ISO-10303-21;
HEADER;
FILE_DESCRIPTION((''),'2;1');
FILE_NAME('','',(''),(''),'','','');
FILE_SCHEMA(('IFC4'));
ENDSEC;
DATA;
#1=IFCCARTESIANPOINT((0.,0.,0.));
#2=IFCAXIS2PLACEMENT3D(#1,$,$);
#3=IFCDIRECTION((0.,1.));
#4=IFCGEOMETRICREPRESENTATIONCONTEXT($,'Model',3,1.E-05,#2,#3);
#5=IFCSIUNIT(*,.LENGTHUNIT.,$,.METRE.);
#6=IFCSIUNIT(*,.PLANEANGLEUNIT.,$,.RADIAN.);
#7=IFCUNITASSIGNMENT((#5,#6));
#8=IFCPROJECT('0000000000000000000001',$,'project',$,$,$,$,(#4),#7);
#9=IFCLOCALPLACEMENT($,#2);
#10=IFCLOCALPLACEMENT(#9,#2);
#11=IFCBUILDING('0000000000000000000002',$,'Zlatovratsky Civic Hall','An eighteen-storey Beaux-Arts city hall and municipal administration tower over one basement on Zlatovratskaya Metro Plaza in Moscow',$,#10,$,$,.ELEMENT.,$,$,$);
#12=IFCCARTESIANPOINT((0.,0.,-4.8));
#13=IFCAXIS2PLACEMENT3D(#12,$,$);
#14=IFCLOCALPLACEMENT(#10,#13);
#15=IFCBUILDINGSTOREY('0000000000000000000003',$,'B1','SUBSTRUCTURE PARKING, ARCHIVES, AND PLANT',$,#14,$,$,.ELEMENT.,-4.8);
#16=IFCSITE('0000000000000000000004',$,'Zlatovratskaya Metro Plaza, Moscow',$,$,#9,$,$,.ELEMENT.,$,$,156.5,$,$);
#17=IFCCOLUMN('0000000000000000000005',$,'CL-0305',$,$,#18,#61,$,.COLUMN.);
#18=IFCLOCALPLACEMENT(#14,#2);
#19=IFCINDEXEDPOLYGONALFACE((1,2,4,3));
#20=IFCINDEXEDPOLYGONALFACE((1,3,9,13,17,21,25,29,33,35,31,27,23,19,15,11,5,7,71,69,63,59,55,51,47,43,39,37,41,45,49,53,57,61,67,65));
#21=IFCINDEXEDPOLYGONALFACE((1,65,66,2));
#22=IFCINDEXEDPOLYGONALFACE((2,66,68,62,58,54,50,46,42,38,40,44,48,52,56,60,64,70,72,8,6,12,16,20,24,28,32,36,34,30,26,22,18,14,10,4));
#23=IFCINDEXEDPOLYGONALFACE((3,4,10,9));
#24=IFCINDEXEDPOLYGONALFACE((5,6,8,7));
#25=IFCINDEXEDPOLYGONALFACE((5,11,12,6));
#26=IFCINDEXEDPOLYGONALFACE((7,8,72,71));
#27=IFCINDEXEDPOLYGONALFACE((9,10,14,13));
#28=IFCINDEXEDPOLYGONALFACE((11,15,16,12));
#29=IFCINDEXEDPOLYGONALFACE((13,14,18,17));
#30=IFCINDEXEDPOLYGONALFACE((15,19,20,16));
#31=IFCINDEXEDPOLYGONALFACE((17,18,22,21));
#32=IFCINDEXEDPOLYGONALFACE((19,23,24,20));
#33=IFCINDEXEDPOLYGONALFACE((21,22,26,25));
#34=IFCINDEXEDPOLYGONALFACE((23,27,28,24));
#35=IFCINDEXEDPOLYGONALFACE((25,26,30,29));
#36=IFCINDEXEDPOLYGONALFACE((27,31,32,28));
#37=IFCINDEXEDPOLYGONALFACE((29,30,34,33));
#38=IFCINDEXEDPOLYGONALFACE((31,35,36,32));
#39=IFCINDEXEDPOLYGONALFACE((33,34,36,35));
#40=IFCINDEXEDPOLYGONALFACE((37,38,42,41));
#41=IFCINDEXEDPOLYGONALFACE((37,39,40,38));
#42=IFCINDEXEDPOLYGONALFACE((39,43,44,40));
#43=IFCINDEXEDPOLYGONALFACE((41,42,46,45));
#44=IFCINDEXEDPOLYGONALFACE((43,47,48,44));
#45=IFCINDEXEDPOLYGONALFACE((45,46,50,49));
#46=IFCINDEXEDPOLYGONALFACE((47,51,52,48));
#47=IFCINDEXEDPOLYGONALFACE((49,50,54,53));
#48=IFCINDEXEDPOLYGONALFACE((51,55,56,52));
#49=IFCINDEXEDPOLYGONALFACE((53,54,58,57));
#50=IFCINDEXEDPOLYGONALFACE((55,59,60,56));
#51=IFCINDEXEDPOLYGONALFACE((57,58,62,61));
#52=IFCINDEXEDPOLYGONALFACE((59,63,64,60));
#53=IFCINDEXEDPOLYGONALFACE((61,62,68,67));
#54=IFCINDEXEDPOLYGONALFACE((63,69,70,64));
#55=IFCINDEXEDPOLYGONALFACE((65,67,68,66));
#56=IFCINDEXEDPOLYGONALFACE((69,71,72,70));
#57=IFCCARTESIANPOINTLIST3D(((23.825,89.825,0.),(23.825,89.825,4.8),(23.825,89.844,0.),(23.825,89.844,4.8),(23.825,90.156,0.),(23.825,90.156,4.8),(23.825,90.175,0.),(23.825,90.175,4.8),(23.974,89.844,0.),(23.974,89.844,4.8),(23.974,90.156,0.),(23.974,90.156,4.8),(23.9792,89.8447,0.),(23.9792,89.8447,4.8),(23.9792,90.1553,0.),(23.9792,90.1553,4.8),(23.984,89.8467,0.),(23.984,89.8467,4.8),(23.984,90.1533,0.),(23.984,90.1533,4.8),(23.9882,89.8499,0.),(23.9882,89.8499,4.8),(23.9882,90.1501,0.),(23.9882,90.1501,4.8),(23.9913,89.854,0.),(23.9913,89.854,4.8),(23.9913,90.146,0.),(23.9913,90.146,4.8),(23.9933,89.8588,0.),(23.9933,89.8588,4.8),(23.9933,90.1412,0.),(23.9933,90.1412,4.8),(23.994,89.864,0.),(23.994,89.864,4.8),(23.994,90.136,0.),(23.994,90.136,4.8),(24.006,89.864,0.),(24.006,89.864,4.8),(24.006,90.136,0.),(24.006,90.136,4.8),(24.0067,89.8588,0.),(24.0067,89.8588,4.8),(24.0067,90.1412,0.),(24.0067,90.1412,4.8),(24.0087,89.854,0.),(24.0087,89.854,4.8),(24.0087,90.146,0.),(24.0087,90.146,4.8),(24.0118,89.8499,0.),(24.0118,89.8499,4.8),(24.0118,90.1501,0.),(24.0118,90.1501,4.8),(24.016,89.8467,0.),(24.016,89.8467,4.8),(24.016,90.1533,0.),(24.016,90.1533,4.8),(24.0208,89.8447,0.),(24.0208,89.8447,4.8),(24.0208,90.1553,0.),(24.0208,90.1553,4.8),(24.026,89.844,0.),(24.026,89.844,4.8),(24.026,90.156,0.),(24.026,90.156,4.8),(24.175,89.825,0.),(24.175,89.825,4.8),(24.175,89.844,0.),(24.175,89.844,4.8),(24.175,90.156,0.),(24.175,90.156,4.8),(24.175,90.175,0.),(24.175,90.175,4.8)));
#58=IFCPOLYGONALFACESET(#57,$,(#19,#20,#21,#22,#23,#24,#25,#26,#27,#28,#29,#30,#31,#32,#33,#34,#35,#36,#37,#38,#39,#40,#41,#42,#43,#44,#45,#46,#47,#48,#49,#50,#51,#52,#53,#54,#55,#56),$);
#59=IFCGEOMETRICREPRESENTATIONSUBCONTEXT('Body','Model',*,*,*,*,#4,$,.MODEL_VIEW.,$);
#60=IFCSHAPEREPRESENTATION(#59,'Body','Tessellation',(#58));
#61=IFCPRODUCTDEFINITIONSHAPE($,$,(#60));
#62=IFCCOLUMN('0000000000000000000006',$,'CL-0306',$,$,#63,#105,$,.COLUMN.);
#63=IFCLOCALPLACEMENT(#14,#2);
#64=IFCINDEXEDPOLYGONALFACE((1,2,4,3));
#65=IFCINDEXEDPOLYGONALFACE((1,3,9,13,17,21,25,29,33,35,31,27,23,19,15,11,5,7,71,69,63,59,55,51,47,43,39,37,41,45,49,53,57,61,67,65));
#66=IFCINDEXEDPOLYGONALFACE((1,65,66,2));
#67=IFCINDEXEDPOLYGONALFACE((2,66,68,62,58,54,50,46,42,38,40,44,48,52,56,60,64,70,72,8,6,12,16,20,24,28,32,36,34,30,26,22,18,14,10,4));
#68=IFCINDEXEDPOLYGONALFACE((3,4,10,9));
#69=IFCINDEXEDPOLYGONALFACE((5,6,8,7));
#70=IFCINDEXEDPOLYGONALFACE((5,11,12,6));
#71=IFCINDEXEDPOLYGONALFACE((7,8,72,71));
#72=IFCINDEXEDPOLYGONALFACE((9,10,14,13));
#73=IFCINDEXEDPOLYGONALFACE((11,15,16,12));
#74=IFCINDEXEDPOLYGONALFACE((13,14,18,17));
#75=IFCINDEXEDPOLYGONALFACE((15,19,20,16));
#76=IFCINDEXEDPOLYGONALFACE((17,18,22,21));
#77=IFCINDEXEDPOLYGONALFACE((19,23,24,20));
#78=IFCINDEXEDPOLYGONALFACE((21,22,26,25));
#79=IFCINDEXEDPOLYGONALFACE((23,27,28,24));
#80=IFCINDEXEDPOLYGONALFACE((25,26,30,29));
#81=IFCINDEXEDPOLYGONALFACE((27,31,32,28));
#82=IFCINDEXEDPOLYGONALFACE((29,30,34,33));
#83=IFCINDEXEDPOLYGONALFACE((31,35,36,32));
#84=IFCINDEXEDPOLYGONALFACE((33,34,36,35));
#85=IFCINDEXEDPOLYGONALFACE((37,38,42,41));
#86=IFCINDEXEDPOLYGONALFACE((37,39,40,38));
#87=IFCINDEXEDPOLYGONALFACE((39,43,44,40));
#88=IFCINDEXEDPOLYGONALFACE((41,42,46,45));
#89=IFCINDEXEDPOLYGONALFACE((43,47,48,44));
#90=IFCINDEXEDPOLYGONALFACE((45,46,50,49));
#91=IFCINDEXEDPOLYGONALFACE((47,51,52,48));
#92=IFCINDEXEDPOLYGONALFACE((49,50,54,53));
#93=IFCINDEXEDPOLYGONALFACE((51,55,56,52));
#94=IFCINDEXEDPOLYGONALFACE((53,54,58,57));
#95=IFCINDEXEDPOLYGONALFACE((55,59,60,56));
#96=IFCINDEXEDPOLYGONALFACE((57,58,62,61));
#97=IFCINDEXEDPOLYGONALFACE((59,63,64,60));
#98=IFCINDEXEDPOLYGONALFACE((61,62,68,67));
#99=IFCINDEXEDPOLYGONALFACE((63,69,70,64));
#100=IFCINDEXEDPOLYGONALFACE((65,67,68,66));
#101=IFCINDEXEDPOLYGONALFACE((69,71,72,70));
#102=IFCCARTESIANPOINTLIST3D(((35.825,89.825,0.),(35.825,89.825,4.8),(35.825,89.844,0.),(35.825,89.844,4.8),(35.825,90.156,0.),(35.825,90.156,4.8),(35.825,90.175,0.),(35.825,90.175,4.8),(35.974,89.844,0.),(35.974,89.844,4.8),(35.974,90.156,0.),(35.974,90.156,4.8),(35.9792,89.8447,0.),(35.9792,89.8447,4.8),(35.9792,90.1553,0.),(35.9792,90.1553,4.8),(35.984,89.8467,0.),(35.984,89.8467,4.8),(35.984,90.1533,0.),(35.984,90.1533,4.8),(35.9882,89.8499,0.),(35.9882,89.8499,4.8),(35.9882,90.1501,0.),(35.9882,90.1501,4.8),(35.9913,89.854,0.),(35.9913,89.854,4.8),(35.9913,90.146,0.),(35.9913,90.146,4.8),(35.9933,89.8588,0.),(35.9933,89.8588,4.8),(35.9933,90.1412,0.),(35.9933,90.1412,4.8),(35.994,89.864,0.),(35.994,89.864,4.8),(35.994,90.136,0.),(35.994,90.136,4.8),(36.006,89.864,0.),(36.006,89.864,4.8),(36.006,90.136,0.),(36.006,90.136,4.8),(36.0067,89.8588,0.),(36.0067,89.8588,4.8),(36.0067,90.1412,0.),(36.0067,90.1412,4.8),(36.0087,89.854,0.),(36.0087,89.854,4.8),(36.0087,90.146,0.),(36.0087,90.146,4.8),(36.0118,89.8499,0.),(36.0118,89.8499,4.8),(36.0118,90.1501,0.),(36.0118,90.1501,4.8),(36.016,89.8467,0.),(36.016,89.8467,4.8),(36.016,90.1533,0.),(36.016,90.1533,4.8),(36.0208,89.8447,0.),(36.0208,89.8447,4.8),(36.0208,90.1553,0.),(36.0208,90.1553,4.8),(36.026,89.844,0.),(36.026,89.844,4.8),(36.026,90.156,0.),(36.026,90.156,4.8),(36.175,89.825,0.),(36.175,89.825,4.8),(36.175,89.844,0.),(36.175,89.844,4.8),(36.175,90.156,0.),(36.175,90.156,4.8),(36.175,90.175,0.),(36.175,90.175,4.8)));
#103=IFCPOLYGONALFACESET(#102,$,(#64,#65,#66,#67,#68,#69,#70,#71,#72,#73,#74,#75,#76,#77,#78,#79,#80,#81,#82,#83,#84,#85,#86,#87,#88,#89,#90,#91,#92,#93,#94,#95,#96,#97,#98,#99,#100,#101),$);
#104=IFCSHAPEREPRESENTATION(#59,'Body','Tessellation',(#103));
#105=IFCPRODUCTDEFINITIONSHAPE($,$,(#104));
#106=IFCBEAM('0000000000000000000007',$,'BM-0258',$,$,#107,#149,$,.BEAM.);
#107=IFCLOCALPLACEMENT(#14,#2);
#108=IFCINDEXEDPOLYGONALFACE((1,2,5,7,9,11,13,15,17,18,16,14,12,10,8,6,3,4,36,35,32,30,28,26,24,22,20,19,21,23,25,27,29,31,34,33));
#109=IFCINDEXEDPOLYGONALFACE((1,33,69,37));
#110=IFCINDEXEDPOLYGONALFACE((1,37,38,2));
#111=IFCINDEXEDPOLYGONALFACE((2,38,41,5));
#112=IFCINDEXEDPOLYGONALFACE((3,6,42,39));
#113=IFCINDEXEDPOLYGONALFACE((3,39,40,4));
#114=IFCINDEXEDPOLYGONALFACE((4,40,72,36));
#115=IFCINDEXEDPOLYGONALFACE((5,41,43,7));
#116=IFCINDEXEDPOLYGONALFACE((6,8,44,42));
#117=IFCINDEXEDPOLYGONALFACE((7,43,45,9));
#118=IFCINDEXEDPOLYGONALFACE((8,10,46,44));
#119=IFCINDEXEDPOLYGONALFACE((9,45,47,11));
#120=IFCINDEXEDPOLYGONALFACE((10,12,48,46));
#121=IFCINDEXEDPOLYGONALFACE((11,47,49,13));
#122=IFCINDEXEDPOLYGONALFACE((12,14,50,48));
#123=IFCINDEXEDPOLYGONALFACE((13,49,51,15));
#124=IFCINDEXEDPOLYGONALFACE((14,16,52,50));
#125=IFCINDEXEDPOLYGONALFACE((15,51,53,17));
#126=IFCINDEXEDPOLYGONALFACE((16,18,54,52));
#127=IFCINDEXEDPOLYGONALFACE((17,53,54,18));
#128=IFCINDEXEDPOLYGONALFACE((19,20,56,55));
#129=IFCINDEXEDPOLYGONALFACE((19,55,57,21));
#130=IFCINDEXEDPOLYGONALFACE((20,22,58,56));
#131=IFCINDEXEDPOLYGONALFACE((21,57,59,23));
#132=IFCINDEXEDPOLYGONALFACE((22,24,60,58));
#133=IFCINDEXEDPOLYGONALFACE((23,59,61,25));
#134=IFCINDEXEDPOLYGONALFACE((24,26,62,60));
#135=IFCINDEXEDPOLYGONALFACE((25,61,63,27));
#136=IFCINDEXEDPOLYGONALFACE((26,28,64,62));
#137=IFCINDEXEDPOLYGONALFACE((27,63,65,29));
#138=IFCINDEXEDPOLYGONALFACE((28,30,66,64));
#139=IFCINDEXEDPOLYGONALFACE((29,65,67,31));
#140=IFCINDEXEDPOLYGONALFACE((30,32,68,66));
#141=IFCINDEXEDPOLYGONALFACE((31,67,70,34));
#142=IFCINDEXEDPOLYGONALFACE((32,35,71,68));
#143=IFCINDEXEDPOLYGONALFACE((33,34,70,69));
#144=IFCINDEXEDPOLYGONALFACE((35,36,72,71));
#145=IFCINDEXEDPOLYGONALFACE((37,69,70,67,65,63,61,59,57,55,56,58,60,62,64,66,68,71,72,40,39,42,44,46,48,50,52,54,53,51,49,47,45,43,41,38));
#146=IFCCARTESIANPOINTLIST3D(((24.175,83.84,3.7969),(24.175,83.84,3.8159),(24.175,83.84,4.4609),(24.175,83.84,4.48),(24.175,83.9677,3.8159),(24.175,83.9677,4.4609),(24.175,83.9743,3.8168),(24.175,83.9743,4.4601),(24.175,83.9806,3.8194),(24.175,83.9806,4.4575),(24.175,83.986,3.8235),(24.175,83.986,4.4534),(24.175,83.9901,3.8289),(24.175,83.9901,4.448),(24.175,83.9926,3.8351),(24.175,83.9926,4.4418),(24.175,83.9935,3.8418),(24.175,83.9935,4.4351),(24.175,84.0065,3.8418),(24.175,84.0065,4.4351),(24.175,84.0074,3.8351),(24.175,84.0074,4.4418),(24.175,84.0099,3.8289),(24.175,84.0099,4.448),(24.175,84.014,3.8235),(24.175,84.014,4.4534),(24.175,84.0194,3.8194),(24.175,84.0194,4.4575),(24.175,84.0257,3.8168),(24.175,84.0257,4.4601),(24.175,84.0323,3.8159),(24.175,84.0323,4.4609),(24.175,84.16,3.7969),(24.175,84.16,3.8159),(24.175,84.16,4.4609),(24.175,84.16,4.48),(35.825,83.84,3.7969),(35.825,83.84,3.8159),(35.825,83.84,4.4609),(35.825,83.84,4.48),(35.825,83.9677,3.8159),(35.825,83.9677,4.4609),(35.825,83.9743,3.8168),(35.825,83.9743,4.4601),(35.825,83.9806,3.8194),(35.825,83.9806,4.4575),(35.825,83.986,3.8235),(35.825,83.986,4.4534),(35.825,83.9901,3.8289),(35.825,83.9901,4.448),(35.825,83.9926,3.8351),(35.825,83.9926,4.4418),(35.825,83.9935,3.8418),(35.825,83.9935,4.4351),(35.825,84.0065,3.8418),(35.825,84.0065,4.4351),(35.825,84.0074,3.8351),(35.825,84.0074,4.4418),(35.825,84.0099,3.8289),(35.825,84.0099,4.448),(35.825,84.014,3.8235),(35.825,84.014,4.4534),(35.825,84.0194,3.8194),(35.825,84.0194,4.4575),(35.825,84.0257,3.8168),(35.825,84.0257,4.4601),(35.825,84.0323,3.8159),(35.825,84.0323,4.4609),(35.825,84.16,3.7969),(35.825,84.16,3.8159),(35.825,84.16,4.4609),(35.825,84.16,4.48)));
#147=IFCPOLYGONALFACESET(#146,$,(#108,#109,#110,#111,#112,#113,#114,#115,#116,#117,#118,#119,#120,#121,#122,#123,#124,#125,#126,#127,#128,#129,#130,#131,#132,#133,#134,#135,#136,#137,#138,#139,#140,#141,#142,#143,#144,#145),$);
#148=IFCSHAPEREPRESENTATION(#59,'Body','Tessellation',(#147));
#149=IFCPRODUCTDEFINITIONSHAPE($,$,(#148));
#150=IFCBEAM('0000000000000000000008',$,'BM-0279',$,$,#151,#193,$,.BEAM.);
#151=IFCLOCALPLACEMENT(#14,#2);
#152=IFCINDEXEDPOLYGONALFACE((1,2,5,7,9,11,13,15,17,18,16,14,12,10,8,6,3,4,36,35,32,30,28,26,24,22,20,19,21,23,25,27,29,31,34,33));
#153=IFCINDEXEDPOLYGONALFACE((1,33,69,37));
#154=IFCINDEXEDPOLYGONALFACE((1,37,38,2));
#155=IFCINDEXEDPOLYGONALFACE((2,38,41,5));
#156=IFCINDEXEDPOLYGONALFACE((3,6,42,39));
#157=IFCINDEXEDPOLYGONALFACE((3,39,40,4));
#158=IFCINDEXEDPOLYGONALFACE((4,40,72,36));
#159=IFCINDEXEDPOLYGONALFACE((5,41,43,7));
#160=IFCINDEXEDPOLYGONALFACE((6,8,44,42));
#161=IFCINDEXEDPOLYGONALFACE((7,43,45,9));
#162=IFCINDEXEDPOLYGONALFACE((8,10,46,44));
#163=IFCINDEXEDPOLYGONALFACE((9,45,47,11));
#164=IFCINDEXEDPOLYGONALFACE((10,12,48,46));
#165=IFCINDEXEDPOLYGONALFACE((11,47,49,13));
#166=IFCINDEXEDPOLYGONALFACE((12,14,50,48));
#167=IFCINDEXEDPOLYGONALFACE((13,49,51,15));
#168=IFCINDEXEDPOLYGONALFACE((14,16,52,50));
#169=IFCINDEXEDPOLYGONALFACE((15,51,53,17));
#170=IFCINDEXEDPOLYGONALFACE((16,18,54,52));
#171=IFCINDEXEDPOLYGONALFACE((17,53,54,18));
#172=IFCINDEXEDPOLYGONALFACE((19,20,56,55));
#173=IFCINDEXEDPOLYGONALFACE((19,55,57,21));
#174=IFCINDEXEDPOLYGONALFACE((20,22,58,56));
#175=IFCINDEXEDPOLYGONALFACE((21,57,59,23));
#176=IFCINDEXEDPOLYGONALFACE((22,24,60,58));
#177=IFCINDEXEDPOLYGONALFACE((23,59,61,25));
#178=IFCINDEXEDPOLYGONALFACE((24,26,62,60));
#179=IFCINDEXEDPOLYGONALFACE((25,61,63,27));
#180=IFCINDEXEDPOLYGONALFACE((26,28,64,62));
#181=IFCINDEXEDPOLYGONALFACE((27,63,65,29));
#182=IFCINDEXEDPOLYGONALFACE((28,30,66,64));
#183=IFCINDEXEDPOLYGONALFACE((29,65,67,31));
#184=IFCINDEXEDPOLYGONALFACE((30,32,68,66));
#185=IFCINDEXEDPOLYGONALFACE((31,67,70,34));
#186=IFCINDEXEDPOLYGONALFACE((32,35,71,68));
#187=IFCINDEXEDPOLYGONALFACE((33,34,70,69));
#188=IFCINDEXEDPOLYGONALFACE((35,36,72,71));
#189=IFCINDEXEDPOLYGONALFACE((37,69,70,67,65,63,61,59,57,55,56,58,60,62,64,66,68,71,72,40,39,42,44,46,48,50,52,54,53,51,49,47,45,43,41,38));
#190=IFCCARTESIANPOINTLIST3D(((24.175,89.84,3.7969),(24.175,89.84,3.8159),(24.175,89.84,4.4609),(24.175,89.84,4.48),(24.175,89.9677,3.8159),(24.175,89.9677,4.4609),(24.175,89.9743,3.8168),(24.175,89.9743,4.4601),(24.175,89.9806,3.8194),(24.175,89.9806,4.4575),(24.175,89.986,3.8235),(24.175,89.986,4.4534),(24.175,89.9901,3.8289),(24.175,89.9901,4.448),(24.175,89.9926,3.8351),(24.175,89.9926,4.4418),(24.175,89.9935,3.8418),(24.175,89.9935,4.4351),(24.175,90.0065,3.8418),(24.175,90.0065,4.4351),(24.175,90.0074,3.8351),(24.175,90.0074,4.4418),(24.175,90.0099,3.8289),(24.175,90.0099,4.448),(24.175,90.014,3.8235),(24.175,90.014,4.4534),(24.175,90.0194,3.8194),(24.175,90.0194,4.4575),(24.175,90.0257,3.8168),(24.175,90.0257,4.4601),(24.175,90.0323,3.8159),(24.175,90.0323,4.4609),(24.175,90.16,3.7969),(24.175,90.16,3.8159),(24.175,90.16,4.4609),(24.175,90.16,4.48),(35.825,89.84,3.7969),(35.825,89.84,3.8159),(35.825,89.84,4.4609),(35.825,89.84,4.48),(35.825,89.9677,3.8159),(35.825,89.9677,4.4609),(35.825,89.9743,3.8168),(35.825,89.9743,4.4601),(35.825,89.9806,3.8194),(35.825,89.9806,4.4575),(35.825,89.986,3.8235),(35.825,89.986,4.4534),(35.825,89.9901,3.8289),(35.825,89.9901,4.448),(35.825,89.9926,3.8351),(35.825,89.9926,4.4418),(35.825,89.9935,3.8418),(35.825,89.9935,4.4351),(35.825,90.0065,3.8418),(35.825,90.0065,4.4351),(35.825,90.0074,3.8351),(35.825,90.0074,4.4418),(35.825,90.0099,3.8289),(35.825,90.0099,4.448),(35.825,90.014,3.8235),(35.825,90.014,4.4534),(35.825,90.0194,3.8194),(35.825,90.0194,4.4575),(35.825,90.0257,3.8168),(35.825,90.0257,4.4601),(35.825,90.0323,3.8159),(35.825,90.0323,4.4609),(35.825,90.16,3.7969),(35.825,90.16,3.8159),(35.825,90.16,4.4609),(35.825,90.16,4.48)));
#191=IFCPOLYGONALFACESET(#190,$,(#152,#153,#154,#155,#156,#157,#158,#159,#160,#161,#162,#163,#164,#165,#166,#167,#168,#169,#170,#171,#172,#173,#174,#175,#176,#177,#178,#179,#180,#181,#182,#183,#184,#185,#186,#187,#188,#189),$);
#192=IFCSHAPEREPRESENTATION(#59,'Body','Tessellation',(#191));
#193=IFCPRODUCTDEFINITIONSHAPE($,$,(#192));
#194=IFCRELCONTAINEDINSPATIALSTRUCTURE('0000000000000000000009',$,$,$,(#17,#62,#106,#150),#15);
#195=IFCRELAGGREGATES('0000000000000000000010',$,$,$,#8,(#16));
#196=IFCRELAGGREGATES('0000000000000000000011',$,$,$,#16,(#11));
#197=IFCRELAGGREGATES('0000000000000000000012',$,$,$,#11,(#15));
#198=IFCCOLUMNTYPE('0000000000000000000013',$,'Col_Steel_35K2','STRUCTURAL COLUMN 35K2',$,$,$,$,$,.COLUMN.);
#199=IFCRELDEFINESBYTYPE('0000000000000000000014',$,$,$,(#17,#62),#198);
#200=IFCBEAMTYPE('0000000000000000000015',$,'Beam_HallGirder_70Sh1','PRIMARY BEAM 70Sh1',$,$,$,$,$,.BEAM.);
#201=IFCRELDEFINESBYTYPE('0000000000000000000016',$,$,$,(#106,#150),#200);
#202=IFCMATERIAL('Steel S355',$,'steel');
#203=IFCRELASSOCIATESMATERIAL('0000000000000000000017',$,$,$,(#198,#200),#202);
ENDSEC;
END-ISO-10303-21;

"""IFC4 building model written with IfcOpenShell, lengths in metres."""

from ifc_helpers import new_model, si_unit, direction, frame, origin, origin_2d, place, context, subcontext, project, spatial, i_section, extrude, material, material_profile, profile_set, type_object, element, save


model = new_model("IFC4")

# Units and contexts
model_context = context("Model", 3, precision=1e-05, world=origin(), true_north=direction((0.0, 1.0)))
body_context = subcontext(model_context, "Body", "Model", "MODEL_VIEW")
ifc_project = project(units=[si_unit("LENGTHUNIT", "METRE"), si_unit("PLANEANGLEUNIT", "RADIAN")], contexts=[model_context])

# Site, building, storey
site_placement = place(None, origin())
site = spatial("IfcSite", under=ifc_project, at=site_placement, Name="Zlatovratskaya Metro Plaza, Moscow", CompositionType="ELEMENT", RefElevation=156.5)
building_placement = place(site_placement, origin())
building = spatial("IfcBuilding", under=site, at=building_placement, Name="Zlatovratsky Civic Hall", Description="An eighteen-storey Beaux-Arts city hall and municipal administration tower over one basement on Zlatovratskaya Metro Plaza in Moscow", CompositionType="ELEMENT")
storey_placement = place(building_placement, frame((0.0, 0.0, -4.8)))
storey = spatial("IfcBuildingStorey", under=building, at=storey_placement, Name="B1", Description="SUBSTRUCTURE PARKING, ARCHIVES, AND PLANT", CompositionType="ELEMENT", Elevation=-4.8)

# Columns
ifc_material_1 = material(Name="Steel S355", Category="steel")
ifc_material_profile_1 = material_profile(ifc_material_1, i_section(OverallWidth=0.3501, OverallDepth=0.3501, WebThickness=0.012, FlangeThickness=0.019, FilletRadius=0.02, at=origin_2d()), Name="35K2")
ifc_profile_set_1 = profile_set([ifc_material_profile_1], Name="Steel S355")
column_type = type_object("IfcColumnType", Name="Col_Steel_35K2", Description="STRUCTURAL COLUMN 35K2", PredefinedType="COLUMN", material=ifc_profile_set_1)
for number, where, z_axis, x_axis, name in (
    (1, (24.0, 90.0, 0.0), (0.0, 0.0, 1.0), (1.0, 0.0, 0.0), "CL-0305"),
    (2, (36.0, 90.0, 0.0), (0.0, 0.0, 1.0), (1.0, 0.0, 0.0), "CL-0306"),
):
    element("IfcColumn", number, at=place(storey_placement, frame(where, z_axis=z_axis, x_axis=x_axis)), inside=storey, type_object=column_type, Name=name, PredefinedType="COLUMN", context=body_context, shape_type="SweptSolid", body=[
        extrude(i_section(OverallWidth=0.3501, OverallDepth=0.3501, WebThickness=0.012, FlangeThickness=0.019, FilletRadius=0.02, at=origin_2d()), origin(), (0.0, 0.0, 1.0), 4.8),
    ])

# Beams
ifc_material_profile_2 = material_profile(ifc_material_1, i_section(OverallWidth=0.3201, OverallDepth=0.6831, WebThickness=0.0129, FlangeThickness=0.019, FilletRadius=0.0259, at=origin_2d()), Name="70Sh1")
ifc_profile_set_2 = profile_set([ifc_material_profile_2], Name="Steel S355")
beam_type_1 = type_object("IfcBeamType", Name="Beam_HallGirder_70Sh1", Description="PRIMARY BEAM 70Sh1", PredefinedType="BEAM", material=ifc_profile_set_2)
for number, where, z_axis, x_axis, name in (
    (3, (24.175, 84.0, 4.1384), (1.0, 0.0, 0.0), (0.0, 1.0, 0.0), "BM-0258"),
    (4, (24.175, 90.0, 4.1384), (1.0, 0.0, 0.0), (0.0, 1.0, 0.0), "BM-0279"),
):
    element("IfcBeam", number, at=place(storey_placement, frame(where, z_axis=z_axis, x_axis=x_axis)), inside=storey, type_object=beam_type_1, Name=name, PredefinedType="BEAM", context=body_context, shape_type="SweptSolid", body=[
        extrude(i_section(OverallWidth=0.3201, OverallDepth=0.6831, WebThickness=0.0129, FlangeThickness=0.019, FilletRadius=0.0259, at=origin_2d()), origin(), (0.0, 0.0, 1.0), 11.6499),
    ])

save(model, "model.ifc")
